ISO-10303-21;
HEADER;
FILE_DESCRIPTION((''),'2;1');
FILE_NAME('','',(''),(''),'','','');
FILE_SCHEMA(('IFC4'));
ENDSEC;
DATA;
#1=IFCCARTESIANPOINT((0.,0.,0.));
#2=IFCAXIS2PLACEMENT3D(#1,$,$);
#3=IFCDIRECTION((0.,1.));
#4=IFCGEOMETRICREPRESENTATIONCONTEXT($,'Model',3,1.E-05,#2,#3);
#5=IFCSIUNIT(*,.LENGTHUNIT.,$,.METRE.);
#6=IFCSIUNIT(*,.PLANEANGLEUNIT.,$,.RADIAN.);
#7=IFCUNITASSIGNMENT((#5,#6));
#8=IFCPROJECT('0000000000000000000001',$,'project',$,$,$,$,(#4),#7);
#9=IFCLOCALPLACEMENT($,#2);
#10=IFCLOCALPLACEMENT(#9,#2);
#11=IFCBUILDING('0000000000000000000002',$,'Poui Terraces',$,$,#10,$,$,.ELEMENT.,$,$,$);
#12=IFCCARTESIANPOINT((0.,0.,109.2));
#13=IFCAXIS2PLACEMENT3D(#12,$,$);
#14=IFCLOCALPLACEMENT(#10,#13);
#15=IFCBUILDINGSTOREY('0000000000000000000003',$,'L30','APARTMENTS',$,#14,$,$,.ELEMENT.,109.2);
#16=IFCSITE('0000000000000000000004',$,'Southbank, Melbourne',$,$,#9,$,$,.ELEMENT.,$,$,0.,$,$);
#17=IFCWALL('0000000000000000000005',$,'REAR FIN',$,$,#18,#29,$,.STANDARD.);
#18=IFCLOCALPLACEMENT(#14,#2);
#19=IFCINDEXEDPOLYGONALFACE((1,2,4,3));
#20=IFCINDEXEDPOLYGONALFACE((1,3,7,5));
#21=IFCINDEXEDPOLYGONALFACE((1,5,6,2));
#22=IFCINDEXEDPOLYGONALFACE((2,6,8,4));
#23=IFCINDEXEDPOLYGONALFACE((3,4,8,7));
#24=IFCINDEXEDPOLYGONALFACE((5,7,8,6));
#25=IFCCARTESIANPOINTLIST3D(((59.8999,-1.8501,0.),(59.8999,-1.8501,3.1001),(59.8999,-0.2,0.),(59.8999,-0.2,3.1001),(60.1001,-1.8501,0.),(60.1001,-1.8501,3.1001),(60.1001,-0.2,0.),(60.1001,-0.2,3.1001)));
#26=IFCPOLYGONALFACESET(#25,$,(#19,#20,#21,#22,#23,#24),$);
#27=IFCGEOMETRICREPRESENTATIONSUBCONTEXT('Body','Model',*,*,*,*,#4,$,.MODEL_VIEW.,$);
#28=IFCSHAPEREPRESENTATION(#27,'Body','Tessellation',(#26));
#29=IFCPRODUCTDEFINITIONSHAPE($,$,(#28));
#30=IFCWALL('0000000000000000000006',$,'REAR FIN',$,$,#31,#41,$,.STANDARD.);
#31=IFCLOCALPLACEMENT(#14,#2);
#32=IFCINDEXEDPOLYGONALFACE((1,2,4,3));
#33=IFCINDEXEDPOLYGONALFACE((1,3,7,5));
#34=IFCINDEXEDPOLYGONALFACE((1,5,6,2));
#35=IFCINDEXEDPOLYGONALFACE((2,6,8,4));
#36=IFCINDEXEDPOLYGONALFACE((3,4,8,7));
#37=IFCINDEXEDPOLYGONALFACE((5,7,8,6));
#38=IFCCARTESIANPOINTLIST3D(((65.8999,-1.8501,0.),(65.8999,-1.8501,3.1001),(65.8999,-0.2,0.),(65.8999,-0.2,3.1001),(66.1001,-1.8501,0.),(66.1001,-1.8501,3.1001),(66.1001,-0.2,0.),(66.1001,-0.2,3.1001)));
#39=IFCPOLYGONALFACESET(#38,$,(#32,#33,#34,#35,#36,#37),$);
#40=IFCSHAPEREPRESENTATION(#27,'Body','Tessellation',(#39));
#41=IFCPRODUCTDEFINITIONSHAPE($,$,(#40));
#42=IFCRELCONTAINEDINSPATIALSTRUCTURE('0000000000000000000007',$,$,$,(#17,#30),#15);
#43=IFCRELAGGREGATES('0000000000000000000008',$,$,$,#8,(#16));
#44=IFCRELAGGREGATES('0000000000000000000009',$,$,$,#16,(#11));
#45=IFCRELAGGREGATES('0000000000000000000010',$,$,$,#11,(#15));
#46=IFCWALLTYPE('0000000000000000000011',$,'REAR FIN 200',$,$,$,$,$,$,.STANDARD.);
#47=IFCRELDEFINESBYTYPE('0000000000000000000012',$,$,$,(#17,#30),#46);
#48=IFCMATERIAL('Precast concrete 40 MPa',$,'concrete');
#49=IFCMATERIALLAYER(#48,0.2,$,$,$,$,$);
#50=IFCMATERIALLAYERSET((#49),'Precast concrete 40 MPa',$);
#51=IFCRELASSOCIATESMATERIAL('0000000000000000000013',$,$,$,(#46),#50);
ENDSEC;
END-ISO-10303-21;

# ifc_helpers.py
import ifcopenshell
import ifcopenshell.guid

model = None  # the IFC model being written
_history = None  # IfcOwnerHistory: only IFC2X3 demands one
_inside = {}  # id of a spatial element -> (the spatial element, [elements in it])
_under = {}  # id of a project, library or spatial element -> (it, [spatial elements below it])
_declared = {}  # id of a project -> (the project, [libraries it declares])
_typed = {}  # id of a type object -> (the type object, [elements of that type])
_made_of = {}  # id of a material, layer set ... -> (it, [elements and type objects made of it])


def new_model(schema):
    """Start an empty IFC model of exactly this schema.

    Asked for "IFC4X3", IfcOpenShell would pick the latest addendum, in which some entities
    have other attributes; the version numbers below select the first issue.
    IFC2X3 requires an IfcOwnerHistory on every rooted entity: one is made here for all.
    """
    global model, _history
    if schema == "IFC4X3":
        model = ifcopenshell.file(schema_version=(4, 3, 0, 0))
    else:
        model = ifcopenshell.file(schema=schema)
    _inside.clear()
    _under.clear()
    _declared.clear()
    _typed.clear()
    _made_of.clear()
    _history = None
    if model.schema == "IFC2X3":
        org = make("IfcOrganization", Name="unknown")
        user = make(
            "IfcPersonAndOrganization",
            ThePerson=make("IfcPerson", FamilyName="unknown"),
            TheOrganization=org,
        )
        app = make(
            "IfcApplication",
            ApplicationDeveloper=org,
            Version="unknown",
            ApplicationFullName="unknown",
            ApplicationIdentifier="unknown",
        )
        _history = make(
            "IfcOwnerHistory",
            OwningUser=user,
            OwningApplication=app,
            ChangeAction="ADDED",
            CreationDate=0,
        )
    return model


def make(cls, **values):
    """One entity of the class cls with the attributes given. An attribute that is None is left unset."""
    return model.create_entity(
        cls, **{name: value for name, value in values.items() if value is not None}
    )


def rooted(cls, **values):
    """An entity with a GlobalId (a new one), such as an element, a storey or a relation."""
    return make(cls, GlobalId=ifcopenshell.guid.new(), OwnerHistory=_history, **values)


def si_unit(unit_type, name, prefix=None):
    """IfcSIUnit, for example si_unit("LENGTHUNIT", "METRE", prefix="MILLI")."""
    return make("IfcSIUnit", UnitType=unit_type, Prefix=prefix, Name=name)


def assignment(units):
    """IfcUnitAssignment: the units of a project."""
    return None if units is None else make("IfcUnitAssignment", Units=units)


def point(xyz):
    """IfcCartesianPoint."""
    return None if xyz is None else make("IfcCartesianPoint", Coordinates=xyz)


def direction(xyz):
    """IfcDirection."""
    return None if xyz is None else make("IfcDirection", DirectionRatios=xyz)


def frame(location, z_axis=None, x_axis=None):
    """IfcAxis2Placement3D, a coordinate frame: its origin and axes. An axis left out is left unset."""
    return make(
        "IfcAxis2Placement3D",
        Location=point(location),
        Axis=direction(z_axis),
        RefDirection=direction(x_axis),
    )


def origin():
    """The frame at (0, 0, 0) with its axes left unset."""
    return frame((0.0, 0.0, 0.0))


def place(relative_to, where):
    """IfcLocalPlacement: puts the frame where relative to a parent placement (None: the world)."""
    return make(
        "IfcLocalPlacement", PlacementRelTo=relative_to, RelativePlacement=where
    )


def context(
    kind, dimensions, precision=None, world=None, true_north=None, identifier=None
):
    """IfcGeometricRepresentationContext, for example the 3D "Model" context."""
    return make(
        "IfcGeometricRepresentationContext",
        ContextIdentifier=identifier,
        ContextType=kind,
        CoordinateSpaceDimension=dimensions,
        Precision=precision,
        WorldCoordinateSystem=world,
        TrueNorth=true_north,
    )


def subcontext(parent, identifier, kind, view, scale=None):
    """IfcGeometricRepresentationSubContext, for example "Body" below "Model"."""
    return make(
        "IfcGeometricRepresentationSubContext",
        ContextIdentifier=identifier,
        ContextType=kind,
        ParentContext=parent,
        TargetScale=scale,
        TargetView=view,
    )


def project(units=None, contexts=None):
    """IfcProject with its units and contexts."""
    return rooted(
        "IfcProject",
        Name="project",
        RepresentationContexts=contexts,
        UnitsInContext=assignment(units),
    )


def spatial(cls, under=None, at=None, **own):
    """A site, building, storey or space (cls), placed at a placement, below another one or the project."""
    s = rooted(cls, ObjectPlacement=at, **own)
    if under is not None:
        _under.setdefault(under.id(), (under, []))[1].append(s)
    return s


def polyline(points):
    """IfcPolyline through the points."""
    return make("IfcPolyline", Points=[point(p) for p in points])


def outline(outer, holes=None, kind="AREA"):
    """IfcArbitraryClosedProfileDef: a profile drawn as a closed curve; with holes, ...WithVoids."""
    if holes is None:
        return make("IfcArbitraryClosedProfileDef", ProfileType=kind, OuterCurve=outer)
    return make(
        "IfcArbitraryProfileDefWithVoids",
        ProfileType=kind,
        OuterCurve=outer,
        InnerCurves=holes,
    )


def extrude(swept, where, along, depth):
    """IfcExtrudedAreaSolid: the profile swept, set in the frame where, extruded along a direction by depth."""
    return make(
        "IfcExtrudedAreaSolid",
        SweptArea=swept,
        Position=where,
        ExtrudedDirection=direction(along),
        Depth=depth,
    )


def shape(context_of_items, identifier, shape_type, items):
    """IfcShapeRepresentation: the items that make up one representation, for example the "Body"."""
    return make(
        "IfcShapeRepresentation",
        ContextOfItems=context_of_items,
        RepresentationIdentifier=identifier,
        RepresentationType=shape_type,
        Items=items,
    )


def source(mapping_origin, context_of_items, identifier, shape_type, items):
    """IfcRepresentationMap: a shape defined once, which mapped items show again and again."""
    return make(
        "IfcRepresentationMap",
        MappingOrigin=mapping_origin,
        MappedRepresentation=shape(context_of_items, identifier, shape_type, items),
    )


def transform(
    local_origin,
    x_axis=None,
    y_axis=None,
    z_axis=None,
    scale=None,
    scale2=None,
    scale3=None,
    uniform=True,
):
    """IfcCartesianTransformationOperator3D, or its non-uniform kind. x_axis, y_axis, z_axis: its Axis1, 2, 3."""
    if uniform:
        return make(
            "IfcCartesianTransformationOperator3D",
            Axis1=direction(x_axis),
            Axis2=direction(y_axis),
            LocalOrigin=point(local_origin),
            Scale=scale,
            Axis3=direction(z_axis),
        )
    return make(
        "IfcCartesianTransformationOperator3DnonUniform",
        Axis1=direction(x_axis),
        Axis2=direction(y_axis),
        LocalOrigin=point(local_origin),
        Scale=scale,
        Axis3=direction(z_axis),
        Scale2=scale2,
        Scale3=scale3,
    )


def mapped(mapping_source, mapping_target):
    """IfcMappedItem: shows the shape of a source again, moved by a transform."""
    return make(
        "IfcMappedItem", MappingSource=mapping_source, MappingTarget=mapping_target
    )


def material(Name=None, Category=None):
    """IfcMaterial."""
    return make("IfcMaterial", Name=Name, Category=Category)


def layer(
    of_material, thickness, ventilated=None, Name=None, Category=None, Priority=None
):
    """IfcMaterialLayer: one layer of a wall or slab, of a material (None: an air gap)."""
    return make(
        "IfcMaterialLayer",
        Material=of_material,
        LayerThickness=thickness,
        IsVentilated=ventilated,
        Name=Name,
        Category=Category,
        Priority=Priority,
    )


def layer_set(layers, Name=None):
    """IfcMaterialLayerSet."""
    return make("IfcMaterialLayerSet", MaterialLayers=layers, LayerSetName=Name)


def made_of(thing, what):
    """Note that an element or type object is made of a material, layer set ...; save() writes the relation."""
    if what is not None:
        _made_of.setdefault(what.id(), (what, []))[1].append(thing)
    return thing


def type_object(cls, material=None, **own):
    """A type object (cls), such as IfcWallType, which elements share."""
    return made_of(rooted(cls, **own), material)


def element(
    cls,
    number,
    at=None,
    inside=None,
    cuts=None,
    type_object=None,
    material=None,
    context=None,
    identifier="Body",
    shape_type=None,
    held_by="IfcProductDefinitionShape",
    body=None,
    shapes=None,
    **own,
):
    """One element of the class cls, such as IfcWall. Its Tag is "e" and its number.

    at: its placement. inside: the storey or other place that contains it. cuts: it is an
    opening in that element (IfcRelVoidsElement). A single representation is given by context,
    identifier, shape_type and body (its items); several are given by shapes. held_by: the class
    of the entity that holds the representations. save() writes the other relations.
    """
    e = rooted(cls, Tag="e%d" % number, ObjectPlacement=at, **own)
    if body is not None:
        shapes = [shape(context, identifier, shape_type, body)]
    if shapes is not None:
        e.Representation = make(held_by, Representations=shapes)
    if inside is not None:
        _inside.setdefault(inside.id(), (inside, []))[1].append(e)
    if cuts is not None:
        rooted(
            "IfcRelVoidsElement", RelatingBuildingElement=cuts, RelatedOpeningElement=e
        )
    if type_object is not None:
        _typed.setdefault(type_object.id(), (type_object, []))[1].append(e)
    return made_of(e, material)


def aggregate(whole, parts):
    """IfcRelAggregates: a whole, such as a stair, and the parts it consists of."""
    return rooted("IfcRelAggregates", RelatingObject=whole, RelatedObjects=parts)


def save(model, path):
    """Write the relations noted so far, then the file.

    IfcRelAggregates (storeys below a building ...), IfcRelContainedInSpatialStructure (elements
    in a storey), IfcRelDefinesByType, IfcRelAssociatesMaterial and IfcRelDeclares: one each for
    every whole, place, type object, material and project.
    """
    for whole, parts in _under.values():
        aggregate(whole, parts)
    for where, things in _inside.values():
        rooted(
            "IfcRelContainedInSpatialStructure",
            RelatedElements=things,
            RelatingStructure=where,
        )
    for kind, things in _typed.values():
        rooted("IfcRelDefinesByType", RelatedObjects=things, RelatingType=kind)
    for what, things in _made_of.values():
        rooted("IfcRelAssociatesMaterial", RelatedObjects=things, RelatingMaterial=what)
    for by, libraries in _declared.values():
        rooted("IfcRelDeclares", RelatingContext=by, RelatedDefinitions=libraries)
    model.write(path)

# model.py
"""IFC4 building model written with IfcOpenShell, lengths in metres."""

from ifc_helpers import new_model, si_unit, direction, frame, origin, place, context, subcontext, project, spatial, polyline, outline, extrude, source, transform, mapped, material, layer, layer_set, type_object, element, save


model = new_model("IFC4")

# Units and contexts
model_context = context("Model", 3, precision=1e-05, world=origin(), true_north=direction((0.0, 1.0)))
body_context = subcontext(model_context, "Body", "Model", "MODEL_VIEW")
ifc_project = project(units=[si_unit("LENGTHUNIT", "METRE"), si_unit("PLANEANGLEUNIT", "RADIAN")], contexts=[model_context])

# Site, building, storey
site_placement = place(None, origin())
site = spatial("IfcSite", under=ifc_project, at=site_placement, Name="Southbank, Melbourne", CompositionType="ELEMENT", RefElevation=0.0)
building_placement = place(site_placement, origin())
building = spatial("IfcBuilding", under=site, at=building_placement, Name="Poui Terraces", CompositionType="ELEMENT")
storey_placement = place(building_placement, frame((0.0, 0.0, 109.2)))
storey = spatial("IfcBuildingStorey", under=building, at=storey_placement, Name="L30", Description="APARTMENTS", CompositionType="ELEMENT", Elevation=109.2)

# Shared definitions
ifc_material_1 = material(Name="Precast concrete 40 MPa", Category="concrete")

# Walls
ifc_layer_1 = layer(ifc_material_1, 0.2)
ifc_layer_set_1 = layer_set([ifc_layer_1], Name="Precast concrete 40 MPa")
wall_type_1 = type_object("IfcWallType", Name="REAR FIN 200", PredefinedType="STANDARD", material=ifc_layer_set_1)
shared_shape_1 = source(origin(), body_context, "Body", "SweptSolid", [
    extrude(outline(polyline([(0.0, 0.0), (0.2002, 0.0), (0.2002, 1.6501), (0.0, 1.6501), (0.0, 0.0)])), origin(), (0.0, 0.0, 1.0), 3.1001),
])
for number, where, name in (
    (1, (59.8999, -1.8501, 0.0), "REAR FIN"),
    (2, (65.8999, -1.8501, 0.0), "REAR FIN"),
):
    element("IfcWall", number, at=place(storey_placement, frame(where)), inside=storey, type_object=wall_type_1, Name=name, PredefinedType="STANDARD", context=body_context, shape_type="MappedRepresentation", body=[
        mapped(shared_shape_1, transform((0.0, 0.0, 0.0))),
    ])

save(model, "model.ifc")
